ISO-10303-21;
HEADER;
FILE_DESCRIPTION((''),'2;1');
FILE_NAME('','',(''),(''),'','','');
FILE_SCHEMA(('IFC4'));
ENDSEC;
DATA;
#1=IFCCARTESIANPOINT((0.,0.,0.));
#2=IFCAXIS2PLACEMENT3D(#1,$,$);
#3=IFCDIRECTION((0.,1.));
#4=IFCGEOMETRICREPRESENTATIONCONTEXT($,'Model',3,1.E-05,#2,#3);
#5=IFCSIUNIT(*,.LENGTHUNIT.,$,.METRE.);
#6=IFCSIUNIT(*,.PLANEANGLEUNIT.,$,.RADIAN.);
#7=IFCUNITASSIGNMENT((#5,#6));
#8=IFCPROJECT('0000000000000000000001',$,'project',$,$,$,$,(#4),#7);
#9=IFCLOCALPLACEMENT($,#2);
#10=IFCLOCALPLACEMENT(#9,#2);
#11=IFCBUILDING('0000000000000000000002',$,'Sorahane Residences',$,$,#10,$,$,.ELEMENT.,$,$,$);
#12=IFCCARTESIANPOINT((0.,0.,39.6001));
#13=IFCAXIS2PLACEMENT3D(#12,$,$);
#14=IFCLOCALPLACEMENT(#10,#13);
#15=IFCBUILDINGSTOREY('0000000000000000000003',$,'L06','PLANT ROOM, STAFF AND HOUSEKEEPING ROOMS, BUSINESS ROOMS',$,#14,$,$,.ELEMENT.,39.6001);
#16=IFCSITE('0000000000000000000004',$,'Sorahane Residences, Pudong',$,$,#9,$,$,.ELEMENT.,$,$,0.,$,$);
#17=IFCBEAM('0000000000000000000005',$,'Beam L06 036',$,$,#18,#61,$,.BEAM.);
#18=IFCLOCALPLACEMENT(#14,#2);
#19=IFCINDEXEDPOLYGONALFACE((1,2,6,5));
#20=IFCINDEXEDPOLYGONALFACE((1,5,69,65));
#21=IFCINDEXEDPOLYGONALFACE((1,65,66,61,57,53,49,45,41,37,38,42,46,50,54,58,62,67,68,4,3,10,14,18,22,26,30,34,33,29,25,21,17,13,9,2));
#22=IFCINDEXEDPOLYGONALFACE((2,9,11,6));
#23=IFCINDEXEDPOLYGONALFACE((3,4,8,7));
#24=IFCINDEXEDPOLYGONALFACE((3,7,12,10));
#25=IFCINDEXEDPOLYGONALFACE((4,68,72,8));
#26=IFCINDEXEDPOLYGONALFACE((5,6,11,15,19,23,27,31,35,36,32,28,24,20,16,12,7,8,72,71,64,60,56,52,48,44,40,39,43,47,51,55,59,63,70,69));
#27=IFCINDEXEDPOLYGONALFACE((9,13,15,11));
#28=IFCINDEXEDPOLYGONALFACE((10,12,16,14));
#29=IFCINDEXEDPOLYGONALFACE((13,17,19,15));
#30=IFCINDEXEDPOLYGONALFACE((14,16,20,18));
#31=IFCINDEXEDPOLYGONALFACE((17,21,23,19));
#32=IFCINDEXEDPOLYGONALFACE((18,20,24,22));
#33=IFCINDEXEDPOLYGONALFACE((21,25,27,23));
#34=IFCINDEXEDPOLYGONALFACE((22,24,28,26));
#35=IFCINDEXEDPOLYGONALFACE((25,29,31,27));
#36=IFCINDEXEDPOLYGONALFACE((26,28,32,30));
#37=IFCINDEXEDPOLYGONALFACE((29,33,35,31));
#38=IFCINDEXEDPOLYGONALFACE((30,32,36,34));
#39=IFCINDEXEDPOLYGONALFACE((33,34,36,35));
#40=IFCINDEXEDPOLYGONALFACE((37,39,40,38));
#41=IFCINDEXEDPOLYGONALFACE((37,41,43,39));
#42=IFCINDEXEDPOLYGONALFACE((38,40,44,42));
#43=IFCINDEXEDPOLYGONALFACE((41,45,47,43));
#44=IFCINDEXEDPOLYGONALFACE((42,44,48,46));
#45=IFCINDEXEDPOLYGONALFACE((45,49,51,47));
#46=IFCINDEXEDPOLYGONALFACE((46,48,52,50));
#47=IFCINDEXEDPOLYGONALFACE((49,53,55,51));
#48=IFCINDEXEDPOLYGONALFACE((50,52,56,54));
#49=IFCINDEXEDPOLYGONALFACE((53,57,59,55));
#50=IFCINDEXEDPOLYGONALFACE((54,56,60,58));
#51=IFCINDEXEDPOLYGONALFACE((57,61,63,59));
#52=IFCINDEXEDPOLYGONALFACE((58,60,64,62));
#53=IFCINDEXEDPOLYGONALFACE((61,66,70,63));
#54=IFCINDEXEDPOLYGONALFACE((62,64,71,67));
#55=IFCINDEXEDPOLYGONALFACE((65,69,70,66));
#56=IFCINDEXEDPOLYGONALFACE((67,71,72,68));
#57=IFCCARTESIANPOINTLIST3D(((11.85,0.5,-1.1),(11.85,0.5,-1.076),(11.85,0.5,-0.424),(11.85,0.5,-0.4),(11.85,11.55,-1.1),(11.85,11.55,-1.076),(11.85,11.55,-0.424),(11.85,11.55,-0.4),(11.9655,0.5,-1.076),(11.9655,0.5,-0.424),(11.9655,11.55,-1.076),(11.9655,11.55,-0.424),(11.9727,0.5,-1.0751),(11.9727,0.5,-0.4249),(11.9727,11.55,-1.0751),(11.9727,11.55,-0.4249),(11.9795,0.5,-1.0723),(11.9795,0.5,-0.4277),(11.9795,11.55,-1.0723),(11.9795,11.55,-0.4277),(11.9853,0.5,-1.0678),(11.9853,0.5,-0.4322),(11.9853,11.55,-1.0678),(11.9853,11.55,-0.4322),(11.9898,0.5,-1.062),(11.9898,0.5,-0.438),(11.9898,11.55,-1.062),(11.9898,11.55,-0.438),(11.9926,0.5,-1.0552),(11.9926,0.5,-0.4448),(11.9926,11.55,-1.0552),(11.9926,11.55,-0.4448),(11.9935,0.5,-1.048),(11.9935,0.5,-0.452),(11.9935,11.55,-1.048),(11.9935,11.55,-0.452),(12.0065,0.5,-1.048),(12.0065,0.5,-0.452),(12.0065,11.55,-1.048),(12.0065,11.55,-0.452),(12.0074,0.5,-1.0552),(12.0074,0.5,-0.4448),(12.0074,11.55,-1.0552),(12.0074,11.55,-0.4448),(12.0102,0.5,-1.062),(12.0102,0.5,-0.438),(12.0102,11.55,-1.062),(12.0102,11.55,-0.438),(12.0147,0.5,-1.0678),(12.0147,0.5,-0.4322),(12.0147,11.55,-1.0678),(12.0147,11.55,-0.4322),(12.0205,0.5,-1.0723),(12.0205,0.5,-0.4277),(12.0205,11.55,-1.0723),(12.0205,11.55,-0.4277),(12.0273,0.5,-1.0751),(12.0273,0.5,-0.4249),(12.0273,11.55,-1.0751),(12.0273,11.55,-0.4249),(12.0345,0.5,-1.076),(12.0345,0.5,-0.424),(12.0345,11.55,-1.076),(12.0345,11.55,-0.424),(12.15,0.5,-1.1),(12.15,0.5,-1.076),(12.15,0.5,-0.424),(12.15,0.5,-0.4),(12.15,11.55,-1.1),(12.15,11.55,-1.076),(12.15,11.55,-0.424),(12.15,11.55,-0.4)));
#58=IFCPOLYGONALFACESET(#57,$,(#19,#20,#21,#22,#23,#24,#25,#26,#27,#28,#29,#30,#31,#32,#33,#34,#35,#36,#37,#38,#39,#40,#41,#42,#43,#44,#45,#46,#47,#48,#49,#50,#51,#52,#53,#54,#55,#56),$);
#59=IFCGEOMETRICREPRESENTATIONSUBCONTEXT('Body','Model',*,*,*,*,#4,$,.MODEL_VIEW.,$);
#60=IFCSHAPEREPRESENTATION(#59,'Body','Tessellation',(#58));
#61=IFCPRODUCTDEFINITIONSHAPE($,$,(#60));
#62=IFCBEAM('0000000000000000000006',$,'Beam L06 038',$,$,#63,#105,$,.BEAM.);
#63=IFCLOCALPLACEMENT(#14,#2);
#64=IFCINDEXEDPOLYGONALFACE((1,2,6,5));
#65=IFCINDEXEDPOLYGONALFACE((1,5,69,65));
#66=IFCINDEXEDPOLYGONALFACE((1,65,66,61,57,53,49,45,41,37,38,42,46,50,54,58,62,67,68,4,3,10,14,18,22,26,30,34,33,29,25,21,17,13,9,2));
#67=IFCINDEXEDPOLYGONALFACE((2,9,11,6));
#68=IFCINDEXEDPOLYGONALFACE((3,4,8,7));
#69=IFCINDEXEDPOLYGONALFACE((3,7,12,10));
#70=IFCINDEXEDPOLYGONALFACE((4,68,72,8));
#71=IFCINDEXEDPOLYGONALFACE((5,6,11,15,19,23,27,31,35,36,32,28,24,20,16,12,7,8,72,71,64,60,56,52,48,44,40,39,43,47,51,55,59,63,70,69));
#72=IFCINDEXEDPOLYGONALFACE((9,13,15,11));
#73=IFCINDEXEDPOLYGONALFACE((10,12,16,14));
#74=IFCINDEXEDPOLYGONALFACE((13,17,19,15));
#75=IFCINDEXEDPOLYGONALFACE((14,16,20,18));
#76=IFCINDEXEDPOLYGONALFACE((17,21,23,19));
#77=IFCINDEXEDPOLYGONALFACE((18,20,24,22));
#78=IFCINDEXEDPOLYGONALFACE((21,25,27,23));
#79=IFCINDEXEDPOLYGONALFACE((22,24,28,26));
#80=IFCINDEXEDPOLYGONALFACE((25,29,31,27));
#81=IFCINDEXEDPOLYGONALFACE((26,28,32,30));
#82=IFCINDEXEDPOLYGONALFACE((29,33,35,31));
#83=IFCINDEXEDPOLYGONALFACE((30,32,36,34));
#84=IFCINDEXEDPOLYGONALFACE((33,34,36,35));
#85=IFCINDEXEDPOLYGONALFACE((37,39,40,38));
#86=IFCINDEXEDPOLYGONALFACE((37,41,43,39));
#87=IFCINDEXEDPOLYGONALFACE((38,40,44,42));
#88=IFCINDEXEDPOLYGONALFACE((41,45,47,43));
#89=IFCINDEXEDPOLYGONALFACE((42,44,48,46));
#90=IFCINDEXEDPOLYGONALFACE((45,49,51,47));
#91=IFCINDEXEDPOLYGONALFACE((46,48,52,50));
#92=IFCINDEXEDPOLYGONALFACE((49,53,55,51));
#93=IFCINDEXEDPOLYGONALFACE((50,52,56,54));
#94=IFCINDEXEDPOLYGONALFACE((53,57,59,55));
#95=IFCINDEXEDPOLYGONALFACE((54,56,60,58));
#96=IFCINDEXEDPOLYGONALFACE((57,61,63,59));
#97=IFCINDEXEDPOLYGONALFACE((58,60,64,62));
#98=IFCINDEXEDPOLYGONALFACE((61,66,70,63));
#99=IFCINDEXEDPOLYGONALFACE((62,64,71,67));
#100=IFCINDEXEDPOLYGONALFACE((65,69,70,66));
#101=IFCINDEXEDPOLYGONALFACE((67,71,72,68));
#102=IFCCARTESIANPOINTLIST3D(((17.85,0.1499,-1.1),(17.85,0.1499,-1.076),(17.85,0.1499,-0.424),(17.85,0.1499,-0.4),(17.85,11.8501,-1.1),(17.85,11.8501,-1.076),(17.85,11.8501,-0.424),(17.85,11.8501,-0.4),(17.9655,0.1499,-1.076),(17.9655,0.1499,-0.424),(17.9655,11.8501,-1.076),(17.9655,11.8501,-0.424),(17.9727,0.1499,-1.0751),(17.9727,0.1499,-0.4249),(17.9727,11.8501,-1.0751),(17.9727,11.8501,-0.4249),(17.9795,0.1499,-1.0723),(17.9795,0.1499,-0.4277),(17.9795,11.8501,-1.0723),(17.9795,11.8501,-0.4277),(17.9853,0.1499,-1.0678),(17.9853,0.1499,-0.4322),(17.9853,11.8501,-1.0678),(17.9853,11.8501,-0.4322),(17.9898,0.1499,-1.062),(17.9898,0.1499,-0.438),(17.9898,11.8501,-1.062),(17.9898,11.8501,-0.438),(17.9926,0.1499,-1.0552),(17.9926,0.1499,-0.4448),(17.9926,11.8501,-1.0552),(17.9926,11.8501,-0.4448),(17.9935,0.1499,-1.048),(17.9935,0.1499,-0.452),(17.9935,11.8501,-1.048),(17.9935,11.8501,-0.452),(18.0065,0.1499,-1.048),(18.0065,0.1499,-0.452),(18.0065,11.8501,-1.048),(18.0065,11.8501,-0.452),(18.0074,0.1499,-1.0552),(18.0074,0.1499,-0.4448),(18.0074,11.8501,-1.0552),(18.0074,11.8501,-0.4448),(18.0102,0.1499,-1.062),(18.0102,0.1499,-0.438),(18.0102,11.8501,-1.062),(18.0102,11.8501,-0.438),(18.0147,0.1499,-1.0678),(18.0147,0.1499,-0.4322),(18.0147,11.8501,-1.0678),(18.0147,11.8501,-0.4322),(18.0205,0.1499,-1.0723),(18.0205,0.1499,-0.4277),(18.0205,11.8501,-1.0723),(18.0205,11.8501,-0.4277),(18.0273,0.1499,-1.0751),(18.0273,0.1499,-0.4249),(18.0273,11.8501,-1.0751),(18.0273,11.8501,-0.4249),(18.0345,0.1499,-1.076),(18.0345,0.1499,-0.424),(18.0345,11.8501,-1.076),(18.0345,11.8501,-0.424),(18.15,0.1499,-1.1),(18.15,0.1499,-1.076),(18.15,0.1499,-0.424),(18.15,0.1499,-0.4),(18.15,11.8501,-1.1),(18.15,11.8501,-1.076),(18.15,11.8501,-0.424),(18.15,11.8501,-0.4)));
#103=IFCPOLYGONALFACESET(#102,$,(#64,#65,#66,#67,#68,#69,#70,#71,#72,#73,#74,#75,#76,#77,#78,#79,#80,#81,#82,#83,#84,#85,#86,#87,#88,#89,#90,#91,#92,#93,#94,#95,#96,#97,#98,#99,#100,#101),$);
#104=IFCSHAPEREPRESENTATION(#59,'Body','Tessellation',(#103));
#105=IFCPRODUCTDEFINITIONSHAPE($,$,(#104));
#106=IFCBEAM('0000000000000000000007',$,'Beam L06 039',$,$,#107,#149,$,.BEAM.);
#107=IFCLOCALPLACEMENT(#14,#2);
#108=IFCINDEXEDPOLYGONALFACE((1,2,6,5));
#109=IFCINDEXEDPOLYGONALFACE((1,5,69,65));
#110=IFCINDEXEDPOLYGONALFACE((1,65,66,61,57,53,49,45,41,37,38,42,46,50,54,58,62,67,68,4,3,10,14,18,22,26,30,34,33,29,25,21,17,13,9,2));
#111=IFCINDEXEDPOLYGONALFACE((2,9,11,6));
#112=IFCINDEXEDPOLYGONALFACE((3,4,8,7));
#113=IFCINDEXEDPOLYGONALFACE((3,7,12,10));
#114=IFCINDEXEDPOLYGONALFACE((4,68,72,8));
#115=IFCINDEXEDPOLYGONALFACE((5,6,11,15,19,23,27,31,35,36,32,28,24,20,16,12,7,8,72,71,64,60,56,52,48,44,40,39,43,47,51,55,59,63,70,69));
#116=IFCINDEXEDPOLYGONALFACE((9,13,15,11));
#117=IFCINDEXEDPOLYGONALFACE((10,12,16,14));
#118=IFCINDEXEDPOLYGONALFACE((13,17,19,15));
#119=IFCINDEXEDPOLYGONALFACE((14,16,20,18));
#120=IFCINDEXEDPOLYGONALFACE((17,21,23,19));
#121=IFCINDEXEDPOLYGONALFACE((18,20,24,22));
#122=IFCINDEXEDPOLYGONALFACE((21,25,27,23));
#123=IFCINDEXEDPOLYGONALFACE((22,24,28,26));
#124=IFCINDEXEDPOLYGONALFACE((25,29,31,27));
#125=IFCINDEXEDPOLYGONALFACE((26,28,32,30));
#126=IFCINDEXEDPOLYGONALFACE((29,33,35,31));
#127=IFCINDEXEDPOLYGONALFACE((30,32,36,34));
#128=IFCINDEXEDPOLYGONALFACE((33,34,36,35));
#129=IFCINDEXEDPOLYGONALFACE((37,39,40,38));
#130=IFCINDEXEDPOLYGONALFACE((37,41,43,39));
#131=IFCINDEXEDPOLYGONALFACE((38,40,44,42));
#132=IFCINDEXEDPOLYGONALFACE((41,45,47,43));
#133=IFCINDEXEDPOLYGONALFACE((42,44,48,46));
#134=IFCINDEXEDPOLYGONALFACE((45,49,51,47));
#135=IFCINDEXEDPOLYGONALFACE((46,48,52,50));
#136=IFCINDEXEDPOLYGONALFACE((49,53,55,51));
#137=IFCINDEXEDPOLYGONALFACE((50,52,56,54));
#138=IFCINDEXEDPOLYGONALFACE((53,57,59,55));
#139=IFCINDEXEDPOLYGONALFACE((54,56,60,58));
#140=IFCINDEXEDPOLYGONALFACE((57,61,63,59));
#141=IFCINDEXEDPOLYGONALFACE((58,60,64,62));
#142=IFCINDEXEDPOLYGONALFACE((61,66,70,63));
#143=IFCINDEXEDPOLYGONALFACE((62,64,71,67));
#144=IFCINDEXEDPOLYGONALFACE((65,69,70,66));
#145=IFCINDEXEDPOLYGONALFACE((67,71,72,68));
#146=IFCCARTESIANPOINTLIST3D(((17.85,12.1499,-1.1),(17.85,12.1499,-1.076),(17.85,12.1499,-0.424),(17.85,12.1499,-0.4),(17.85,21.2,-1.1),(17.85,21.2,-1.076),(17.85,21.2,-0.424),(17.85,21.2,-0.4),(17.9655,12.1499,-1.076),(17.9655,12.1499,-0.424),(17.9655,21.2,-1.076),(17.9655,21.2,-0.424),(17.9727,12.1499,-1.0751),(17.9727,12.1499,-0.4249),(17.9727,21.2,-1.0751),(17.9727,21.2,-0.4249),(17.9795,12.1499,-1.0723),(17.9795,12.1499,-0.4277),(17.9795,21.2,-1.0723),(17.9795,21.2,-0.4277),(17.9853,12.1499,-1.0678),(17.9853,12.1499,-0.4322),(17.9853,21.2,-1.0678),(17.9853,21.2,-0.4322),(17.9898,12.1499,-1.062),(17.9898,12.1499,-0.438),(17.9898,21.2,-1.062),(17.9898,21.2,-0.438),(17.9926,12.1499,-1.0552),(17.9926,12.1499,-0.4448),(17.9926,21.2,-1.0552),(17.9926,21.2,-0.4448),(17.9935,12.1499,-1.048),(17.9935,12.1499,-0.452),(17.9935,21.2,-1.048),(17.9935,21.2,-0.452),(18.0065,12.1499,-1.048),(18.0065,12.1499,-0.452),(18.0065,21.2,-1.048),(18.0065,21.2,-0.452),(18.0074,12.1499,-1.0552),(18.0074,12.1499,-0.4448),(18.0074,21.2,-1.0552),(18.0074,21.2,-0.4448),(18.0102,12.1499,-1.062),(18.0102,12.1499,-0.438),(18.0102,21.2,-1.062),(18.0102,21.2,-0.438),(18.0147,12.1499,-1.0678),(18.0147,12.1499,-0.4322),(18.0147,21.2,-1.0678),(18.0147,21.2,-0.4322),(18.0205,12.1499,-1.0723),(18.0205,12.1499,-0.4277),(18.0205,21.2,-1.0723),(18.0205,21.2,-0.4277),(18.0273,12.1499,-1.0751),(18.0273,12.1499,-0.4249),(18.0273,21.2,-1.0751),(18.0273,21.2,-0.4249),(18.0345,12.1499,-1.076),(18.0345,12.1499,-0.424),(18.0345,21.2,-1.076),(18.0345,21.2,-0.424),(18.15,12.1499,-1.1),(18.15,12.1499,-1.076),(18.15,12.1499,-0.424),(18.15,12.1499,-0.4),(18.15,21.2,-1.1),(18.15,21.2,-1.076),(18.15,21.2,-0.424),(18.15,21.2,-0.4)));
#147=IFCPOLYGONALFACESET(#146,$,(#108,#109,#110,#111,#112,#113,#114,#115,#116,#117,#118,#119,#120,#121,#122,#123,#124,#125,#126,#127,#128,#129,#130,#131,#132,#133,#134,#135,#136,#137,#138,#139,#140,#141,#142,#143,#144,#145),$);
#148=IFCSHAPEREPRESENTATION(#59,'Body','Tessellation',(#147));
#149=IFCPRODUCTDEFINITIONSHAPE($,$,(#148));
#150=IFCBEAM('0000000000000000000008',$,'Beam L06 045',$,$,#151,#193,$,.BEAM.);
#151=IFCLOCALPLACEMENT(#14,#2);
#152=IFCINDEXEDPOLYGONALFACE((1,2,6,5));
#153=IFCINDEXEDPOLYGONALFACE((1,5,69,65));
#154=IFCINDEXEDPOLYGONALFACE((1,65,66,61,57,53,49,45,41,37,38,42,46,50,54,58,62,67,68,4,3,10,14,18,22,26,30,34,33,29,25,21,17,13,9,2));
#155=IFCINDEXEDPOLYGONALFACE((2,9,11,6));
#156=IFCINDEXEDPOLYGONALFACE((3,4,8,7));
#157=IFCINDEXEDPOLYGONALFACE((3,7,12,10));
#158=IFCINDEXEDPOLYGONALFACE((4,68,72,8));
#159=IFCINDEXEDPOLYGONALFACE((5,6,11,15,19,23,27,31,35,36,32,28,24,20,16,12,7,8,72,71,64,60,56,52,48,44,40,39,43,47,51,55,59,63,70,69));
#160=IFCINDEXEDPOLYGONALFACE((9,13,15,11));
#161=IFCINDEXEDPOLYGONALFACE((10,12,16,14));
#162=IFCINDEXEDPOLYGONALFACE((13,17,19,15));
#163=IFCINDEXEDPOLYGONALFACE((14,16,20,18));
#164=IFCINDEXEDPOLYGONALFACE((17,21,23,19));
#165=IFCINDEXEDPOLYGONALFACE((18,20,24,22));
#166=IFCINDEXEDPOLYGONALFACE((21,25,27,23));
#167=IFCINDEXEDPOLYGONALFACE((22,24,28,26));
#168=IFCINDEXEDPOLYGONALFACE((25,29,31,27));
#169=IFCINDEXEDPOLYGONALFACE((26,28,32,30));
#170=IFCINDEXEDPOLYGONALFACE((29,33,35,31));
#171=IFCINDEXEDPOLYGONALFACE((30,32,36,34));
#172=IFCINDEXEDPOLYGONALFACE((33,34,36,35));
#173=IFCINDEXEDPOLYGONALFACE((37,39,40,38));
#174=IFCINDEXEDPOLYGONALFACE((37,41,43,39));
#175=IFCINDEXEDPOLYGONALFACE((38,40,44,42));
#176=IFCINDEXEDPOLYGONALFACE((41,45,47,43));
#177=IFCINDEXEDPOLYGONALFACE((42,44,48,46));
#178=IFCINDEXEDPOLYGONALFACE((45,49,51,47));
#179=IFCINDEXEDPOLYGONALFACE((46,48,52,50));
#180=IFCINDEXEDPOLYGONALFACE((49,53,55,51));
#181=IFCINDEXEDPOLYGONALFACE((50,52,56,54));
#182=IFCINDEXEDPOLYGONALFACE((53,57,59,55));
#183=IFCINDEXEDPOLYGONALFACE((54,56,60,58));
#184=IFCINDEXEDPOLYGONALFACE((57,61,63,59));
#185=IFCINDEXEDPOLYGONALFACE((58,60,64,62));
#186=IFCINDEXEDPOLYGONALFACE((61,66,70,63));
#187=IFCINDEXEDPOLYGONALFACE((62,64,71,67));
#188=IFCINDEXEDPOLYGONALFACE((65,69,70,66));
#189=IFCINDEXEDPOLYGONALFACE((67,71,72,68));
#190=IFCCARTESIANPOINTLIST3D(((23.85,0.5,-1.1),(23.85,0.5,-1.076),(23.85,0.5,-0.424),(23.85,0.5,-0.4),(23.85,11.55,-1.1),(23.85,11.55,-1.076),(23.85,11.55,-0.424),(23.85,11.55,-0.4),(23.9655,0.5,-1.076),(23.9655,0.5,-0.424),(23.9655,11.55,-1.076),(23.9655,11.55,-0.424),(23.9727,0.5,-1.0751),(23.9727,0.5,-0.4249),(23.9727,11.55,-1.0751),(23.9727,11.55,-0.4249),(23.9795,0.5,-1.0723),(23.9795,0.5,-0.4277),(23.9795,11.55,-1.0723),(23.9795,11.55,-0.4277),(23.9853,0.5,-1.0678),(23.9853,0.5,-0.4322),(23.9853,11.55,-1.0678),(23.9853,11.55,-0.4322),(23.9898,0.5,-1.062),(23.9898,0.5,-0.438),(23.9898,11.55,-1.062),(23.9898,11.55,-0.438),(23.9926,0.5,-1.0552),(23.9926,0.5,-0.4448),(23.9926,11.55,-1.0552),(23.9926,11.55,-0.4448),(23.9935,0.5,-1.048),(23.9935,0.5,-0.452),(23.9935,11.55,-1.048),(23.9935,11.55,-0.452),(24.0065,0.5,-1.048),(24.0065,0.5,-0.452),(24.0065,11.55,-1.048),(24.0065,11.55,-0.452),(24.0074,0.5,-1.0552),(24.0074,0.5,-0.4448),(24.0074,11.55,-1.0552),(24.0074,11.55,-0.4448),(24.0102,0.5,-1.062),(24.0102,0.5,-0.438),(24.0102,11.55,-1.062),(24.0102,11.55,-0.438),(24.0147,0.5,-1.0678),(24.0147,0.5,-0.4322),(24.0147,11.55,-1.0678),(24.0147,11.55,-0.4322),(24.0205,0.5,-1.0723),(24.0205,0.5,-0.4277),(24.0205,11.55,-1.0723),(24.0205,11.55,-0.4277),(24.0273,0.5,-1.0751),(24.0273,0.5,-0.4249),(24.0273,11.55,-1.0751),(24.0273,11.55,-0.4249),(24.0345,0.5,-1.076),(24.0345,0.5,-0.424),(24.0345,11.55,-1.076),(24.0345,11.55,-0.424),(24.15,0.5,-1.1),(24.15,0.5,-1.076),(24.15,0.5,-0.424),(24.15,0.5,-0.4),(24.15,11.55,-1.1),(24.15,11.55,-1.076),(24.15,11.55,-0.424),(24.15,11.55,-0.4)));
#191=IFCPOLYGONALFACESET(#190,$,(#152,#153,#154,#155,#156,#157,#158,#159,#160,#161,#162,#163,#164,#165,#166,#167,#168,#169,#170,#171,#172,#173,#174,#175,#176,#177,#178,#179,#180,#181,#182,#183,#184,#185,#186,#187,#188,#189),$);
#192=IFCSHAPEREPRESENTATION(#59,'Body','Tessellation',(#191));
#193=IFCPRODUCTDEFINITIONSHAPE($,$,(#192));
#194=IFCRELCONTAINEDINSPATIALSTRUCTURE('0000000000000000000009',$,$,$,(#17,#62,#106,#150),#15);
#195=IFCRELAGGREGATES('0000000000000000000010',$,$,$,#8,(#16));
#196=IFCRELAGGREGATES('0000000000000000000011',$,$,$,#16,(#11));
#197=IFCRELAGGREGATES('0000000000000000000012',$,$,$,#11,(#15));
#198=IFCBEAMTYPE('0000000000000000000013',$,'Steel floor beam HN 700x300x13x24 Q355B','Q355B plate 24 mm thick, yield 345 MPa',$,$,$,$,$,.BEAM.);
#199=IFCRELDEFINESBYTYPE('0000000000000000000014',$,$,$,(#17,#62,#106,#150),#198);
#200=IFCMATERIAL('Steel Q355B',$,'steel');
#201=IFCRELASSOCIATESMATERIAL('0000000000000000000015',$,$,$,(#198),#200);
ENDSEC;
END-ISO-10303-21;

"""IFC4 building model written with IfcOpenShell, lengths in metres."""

from ifc_helpers import new_model, si_unit, direction, frame, origin, origin_2d, place, context, subcontext, project, spatial, i_section, extrude, material, material_profile, profile_set, type_object, element, save


model = new_model("IFC4")

# Units and contexts
model_context = context("Model", 3, precision=1e-05, world=origin(), true_north=direction((0.0, 1.0)))
body_context = subcontext(model_context, "Body", "Model", "MODEL_VIEW")
ifc_project = project(units=[si_unit("LENGTHUNIT", "METRE"), si_unit("PLANEANGLEUNIT", "RADIAN")], contexts=[model_context])

# Site, building, storey
site_placement = place(None, origin())
site = spatial("IfcSite", under=ifc_project, at=site_placement, Name="Sorahane Residences, Pudong", CompositionType="ELEMENT", RefElevation=0.0)
building_placement = place(site_placement, origin())
building = spatial("IfcBuilding", under=site, at=building_placement, Name="Sorahane Residences", CompositionType="ELEMENT")
storey_placement = place(building_placement, frame((0.0, 0.0, 39.6001)))
storey = spatial("IfcBuildingStorey", under=building, at=storey_placement, Name="L06", Description="PLANT ROOM, STAFF AND HOUSEKEEPING ROOMS, BUSINESS ROOMS", CompositionType="ELEMENT", Elevation=39.6001)

# Beams
ifc_material_1 = material(Name="Steel Q355B", Category="steel")
ifc_material_profile_1 = material_profile(ifc_material_1, i_section(OverallWidth=0.3, OverallDepth=0.7, WebThickness=0.0129, FlangeThickness=0.0239, FilletRadius=0.0281, at=origin_2d()), Name="HN 700x300x13x24")
ifc_profile_set_1 = profile_set([ifc_material_profile_1], Name="Steel Q355B")
beam_type = type_object("IfcBeamType", Name="Steel floor beam HN 700x300x13x24 Q355B", Description="Q355B plate 24 mm thick, yield 345 MPa", PredefinedType="BEAM", material=ifc_profile_set_1)
beam_1_placement = place(storey_placement, frame((12.0, 0.5, -0.75), z_axis=(0.0, 1.0, 0.0), x_axis=(-1.0, 0.0, 0.0)))
element("IfcBeam", 1, at=beam_1_placement, inside=storey, type_object=beam_type, Name="Beam L06 036", PredefinedType="BEAM", context=body_context, shape_type="SweptSolid", body=[
    extrude(i_section(OverallWidth=0.3, OverallDepth=0.7, WebThickness=0.0129, FlangeThickness=0.0239, FilletRadius=0.0281, at=origin_2d()), origin(), (0.0, 0.0, 1.0), 11.05),
])
beam_2_placement = place(storey_placement, frame((18.0, 0.1499, -0.75), z_axis=(0.0, 1.0, 0.0), x_axis=(-1.0, 0.0, 0.0)))
element("IfcBeam", 2, at=beam_2_placement, inside=storey, type_object=beam_type, Name="Beam L06 038", PredefinedType="BEAM", context=body_context, shape_type="SweptSolid", body=[
    extrude(i_section(OverallWidth=0.3, OverallDepth=0.7, WebThickness=0.0129, FlangeThickness=0.0239, FilletRadius=0.0281, at=origin_2d()), origin(), (0.0, 0.0, 1.0), 11.7002),
])
beam_3_placement = place(storey_placement, frame((18.0, 12.1499, -0.75), z_axis=(0.0, 1.0, 0.0), x_axis=(-1.0, 0.0, 0.0)))
element("IfcBeam", 3, at=beam_3_placement, inside=storey, type_object=beam_type, Name="Beam L06 039", PredefinedType="BEAM", context=body_context, shape_type="SweptSolid", body=[
    extrude(i_section(OverallWidth=0.3, OverallDepth=0.7, WebThickness=0.0129, FlangeThickness=0.0239, FilletRadius=0.0281, at=origin_2d()), origin(), (0.0, 0.0, 1.0), 9.05),
])
beam_4_placement = place(storey_placement, frame((24.0, 0.5, -0.75), z_axis=(0.0, 1.0, 0.0), x_axis=(-1.0, 0.0, 0.0)))
element("IfcBeam", 4, at=beam_4_placement, inside=storey, type_object=beam_type, Name="Beam L06 045", PredefinedType="BEAM", context=body_context, shape_type="SweptSolid", body=[
    extrude(i_section(OverallWidth=0.3, OverallDepth=0.7, WebThickness=0.0129, FlangeThickness=0.0239, FilletRadius=0.0281, at=origin_2d()), origin(), (0.0, 0.0, 1.0), 11.05),
])

save(model, "model.ifc")
